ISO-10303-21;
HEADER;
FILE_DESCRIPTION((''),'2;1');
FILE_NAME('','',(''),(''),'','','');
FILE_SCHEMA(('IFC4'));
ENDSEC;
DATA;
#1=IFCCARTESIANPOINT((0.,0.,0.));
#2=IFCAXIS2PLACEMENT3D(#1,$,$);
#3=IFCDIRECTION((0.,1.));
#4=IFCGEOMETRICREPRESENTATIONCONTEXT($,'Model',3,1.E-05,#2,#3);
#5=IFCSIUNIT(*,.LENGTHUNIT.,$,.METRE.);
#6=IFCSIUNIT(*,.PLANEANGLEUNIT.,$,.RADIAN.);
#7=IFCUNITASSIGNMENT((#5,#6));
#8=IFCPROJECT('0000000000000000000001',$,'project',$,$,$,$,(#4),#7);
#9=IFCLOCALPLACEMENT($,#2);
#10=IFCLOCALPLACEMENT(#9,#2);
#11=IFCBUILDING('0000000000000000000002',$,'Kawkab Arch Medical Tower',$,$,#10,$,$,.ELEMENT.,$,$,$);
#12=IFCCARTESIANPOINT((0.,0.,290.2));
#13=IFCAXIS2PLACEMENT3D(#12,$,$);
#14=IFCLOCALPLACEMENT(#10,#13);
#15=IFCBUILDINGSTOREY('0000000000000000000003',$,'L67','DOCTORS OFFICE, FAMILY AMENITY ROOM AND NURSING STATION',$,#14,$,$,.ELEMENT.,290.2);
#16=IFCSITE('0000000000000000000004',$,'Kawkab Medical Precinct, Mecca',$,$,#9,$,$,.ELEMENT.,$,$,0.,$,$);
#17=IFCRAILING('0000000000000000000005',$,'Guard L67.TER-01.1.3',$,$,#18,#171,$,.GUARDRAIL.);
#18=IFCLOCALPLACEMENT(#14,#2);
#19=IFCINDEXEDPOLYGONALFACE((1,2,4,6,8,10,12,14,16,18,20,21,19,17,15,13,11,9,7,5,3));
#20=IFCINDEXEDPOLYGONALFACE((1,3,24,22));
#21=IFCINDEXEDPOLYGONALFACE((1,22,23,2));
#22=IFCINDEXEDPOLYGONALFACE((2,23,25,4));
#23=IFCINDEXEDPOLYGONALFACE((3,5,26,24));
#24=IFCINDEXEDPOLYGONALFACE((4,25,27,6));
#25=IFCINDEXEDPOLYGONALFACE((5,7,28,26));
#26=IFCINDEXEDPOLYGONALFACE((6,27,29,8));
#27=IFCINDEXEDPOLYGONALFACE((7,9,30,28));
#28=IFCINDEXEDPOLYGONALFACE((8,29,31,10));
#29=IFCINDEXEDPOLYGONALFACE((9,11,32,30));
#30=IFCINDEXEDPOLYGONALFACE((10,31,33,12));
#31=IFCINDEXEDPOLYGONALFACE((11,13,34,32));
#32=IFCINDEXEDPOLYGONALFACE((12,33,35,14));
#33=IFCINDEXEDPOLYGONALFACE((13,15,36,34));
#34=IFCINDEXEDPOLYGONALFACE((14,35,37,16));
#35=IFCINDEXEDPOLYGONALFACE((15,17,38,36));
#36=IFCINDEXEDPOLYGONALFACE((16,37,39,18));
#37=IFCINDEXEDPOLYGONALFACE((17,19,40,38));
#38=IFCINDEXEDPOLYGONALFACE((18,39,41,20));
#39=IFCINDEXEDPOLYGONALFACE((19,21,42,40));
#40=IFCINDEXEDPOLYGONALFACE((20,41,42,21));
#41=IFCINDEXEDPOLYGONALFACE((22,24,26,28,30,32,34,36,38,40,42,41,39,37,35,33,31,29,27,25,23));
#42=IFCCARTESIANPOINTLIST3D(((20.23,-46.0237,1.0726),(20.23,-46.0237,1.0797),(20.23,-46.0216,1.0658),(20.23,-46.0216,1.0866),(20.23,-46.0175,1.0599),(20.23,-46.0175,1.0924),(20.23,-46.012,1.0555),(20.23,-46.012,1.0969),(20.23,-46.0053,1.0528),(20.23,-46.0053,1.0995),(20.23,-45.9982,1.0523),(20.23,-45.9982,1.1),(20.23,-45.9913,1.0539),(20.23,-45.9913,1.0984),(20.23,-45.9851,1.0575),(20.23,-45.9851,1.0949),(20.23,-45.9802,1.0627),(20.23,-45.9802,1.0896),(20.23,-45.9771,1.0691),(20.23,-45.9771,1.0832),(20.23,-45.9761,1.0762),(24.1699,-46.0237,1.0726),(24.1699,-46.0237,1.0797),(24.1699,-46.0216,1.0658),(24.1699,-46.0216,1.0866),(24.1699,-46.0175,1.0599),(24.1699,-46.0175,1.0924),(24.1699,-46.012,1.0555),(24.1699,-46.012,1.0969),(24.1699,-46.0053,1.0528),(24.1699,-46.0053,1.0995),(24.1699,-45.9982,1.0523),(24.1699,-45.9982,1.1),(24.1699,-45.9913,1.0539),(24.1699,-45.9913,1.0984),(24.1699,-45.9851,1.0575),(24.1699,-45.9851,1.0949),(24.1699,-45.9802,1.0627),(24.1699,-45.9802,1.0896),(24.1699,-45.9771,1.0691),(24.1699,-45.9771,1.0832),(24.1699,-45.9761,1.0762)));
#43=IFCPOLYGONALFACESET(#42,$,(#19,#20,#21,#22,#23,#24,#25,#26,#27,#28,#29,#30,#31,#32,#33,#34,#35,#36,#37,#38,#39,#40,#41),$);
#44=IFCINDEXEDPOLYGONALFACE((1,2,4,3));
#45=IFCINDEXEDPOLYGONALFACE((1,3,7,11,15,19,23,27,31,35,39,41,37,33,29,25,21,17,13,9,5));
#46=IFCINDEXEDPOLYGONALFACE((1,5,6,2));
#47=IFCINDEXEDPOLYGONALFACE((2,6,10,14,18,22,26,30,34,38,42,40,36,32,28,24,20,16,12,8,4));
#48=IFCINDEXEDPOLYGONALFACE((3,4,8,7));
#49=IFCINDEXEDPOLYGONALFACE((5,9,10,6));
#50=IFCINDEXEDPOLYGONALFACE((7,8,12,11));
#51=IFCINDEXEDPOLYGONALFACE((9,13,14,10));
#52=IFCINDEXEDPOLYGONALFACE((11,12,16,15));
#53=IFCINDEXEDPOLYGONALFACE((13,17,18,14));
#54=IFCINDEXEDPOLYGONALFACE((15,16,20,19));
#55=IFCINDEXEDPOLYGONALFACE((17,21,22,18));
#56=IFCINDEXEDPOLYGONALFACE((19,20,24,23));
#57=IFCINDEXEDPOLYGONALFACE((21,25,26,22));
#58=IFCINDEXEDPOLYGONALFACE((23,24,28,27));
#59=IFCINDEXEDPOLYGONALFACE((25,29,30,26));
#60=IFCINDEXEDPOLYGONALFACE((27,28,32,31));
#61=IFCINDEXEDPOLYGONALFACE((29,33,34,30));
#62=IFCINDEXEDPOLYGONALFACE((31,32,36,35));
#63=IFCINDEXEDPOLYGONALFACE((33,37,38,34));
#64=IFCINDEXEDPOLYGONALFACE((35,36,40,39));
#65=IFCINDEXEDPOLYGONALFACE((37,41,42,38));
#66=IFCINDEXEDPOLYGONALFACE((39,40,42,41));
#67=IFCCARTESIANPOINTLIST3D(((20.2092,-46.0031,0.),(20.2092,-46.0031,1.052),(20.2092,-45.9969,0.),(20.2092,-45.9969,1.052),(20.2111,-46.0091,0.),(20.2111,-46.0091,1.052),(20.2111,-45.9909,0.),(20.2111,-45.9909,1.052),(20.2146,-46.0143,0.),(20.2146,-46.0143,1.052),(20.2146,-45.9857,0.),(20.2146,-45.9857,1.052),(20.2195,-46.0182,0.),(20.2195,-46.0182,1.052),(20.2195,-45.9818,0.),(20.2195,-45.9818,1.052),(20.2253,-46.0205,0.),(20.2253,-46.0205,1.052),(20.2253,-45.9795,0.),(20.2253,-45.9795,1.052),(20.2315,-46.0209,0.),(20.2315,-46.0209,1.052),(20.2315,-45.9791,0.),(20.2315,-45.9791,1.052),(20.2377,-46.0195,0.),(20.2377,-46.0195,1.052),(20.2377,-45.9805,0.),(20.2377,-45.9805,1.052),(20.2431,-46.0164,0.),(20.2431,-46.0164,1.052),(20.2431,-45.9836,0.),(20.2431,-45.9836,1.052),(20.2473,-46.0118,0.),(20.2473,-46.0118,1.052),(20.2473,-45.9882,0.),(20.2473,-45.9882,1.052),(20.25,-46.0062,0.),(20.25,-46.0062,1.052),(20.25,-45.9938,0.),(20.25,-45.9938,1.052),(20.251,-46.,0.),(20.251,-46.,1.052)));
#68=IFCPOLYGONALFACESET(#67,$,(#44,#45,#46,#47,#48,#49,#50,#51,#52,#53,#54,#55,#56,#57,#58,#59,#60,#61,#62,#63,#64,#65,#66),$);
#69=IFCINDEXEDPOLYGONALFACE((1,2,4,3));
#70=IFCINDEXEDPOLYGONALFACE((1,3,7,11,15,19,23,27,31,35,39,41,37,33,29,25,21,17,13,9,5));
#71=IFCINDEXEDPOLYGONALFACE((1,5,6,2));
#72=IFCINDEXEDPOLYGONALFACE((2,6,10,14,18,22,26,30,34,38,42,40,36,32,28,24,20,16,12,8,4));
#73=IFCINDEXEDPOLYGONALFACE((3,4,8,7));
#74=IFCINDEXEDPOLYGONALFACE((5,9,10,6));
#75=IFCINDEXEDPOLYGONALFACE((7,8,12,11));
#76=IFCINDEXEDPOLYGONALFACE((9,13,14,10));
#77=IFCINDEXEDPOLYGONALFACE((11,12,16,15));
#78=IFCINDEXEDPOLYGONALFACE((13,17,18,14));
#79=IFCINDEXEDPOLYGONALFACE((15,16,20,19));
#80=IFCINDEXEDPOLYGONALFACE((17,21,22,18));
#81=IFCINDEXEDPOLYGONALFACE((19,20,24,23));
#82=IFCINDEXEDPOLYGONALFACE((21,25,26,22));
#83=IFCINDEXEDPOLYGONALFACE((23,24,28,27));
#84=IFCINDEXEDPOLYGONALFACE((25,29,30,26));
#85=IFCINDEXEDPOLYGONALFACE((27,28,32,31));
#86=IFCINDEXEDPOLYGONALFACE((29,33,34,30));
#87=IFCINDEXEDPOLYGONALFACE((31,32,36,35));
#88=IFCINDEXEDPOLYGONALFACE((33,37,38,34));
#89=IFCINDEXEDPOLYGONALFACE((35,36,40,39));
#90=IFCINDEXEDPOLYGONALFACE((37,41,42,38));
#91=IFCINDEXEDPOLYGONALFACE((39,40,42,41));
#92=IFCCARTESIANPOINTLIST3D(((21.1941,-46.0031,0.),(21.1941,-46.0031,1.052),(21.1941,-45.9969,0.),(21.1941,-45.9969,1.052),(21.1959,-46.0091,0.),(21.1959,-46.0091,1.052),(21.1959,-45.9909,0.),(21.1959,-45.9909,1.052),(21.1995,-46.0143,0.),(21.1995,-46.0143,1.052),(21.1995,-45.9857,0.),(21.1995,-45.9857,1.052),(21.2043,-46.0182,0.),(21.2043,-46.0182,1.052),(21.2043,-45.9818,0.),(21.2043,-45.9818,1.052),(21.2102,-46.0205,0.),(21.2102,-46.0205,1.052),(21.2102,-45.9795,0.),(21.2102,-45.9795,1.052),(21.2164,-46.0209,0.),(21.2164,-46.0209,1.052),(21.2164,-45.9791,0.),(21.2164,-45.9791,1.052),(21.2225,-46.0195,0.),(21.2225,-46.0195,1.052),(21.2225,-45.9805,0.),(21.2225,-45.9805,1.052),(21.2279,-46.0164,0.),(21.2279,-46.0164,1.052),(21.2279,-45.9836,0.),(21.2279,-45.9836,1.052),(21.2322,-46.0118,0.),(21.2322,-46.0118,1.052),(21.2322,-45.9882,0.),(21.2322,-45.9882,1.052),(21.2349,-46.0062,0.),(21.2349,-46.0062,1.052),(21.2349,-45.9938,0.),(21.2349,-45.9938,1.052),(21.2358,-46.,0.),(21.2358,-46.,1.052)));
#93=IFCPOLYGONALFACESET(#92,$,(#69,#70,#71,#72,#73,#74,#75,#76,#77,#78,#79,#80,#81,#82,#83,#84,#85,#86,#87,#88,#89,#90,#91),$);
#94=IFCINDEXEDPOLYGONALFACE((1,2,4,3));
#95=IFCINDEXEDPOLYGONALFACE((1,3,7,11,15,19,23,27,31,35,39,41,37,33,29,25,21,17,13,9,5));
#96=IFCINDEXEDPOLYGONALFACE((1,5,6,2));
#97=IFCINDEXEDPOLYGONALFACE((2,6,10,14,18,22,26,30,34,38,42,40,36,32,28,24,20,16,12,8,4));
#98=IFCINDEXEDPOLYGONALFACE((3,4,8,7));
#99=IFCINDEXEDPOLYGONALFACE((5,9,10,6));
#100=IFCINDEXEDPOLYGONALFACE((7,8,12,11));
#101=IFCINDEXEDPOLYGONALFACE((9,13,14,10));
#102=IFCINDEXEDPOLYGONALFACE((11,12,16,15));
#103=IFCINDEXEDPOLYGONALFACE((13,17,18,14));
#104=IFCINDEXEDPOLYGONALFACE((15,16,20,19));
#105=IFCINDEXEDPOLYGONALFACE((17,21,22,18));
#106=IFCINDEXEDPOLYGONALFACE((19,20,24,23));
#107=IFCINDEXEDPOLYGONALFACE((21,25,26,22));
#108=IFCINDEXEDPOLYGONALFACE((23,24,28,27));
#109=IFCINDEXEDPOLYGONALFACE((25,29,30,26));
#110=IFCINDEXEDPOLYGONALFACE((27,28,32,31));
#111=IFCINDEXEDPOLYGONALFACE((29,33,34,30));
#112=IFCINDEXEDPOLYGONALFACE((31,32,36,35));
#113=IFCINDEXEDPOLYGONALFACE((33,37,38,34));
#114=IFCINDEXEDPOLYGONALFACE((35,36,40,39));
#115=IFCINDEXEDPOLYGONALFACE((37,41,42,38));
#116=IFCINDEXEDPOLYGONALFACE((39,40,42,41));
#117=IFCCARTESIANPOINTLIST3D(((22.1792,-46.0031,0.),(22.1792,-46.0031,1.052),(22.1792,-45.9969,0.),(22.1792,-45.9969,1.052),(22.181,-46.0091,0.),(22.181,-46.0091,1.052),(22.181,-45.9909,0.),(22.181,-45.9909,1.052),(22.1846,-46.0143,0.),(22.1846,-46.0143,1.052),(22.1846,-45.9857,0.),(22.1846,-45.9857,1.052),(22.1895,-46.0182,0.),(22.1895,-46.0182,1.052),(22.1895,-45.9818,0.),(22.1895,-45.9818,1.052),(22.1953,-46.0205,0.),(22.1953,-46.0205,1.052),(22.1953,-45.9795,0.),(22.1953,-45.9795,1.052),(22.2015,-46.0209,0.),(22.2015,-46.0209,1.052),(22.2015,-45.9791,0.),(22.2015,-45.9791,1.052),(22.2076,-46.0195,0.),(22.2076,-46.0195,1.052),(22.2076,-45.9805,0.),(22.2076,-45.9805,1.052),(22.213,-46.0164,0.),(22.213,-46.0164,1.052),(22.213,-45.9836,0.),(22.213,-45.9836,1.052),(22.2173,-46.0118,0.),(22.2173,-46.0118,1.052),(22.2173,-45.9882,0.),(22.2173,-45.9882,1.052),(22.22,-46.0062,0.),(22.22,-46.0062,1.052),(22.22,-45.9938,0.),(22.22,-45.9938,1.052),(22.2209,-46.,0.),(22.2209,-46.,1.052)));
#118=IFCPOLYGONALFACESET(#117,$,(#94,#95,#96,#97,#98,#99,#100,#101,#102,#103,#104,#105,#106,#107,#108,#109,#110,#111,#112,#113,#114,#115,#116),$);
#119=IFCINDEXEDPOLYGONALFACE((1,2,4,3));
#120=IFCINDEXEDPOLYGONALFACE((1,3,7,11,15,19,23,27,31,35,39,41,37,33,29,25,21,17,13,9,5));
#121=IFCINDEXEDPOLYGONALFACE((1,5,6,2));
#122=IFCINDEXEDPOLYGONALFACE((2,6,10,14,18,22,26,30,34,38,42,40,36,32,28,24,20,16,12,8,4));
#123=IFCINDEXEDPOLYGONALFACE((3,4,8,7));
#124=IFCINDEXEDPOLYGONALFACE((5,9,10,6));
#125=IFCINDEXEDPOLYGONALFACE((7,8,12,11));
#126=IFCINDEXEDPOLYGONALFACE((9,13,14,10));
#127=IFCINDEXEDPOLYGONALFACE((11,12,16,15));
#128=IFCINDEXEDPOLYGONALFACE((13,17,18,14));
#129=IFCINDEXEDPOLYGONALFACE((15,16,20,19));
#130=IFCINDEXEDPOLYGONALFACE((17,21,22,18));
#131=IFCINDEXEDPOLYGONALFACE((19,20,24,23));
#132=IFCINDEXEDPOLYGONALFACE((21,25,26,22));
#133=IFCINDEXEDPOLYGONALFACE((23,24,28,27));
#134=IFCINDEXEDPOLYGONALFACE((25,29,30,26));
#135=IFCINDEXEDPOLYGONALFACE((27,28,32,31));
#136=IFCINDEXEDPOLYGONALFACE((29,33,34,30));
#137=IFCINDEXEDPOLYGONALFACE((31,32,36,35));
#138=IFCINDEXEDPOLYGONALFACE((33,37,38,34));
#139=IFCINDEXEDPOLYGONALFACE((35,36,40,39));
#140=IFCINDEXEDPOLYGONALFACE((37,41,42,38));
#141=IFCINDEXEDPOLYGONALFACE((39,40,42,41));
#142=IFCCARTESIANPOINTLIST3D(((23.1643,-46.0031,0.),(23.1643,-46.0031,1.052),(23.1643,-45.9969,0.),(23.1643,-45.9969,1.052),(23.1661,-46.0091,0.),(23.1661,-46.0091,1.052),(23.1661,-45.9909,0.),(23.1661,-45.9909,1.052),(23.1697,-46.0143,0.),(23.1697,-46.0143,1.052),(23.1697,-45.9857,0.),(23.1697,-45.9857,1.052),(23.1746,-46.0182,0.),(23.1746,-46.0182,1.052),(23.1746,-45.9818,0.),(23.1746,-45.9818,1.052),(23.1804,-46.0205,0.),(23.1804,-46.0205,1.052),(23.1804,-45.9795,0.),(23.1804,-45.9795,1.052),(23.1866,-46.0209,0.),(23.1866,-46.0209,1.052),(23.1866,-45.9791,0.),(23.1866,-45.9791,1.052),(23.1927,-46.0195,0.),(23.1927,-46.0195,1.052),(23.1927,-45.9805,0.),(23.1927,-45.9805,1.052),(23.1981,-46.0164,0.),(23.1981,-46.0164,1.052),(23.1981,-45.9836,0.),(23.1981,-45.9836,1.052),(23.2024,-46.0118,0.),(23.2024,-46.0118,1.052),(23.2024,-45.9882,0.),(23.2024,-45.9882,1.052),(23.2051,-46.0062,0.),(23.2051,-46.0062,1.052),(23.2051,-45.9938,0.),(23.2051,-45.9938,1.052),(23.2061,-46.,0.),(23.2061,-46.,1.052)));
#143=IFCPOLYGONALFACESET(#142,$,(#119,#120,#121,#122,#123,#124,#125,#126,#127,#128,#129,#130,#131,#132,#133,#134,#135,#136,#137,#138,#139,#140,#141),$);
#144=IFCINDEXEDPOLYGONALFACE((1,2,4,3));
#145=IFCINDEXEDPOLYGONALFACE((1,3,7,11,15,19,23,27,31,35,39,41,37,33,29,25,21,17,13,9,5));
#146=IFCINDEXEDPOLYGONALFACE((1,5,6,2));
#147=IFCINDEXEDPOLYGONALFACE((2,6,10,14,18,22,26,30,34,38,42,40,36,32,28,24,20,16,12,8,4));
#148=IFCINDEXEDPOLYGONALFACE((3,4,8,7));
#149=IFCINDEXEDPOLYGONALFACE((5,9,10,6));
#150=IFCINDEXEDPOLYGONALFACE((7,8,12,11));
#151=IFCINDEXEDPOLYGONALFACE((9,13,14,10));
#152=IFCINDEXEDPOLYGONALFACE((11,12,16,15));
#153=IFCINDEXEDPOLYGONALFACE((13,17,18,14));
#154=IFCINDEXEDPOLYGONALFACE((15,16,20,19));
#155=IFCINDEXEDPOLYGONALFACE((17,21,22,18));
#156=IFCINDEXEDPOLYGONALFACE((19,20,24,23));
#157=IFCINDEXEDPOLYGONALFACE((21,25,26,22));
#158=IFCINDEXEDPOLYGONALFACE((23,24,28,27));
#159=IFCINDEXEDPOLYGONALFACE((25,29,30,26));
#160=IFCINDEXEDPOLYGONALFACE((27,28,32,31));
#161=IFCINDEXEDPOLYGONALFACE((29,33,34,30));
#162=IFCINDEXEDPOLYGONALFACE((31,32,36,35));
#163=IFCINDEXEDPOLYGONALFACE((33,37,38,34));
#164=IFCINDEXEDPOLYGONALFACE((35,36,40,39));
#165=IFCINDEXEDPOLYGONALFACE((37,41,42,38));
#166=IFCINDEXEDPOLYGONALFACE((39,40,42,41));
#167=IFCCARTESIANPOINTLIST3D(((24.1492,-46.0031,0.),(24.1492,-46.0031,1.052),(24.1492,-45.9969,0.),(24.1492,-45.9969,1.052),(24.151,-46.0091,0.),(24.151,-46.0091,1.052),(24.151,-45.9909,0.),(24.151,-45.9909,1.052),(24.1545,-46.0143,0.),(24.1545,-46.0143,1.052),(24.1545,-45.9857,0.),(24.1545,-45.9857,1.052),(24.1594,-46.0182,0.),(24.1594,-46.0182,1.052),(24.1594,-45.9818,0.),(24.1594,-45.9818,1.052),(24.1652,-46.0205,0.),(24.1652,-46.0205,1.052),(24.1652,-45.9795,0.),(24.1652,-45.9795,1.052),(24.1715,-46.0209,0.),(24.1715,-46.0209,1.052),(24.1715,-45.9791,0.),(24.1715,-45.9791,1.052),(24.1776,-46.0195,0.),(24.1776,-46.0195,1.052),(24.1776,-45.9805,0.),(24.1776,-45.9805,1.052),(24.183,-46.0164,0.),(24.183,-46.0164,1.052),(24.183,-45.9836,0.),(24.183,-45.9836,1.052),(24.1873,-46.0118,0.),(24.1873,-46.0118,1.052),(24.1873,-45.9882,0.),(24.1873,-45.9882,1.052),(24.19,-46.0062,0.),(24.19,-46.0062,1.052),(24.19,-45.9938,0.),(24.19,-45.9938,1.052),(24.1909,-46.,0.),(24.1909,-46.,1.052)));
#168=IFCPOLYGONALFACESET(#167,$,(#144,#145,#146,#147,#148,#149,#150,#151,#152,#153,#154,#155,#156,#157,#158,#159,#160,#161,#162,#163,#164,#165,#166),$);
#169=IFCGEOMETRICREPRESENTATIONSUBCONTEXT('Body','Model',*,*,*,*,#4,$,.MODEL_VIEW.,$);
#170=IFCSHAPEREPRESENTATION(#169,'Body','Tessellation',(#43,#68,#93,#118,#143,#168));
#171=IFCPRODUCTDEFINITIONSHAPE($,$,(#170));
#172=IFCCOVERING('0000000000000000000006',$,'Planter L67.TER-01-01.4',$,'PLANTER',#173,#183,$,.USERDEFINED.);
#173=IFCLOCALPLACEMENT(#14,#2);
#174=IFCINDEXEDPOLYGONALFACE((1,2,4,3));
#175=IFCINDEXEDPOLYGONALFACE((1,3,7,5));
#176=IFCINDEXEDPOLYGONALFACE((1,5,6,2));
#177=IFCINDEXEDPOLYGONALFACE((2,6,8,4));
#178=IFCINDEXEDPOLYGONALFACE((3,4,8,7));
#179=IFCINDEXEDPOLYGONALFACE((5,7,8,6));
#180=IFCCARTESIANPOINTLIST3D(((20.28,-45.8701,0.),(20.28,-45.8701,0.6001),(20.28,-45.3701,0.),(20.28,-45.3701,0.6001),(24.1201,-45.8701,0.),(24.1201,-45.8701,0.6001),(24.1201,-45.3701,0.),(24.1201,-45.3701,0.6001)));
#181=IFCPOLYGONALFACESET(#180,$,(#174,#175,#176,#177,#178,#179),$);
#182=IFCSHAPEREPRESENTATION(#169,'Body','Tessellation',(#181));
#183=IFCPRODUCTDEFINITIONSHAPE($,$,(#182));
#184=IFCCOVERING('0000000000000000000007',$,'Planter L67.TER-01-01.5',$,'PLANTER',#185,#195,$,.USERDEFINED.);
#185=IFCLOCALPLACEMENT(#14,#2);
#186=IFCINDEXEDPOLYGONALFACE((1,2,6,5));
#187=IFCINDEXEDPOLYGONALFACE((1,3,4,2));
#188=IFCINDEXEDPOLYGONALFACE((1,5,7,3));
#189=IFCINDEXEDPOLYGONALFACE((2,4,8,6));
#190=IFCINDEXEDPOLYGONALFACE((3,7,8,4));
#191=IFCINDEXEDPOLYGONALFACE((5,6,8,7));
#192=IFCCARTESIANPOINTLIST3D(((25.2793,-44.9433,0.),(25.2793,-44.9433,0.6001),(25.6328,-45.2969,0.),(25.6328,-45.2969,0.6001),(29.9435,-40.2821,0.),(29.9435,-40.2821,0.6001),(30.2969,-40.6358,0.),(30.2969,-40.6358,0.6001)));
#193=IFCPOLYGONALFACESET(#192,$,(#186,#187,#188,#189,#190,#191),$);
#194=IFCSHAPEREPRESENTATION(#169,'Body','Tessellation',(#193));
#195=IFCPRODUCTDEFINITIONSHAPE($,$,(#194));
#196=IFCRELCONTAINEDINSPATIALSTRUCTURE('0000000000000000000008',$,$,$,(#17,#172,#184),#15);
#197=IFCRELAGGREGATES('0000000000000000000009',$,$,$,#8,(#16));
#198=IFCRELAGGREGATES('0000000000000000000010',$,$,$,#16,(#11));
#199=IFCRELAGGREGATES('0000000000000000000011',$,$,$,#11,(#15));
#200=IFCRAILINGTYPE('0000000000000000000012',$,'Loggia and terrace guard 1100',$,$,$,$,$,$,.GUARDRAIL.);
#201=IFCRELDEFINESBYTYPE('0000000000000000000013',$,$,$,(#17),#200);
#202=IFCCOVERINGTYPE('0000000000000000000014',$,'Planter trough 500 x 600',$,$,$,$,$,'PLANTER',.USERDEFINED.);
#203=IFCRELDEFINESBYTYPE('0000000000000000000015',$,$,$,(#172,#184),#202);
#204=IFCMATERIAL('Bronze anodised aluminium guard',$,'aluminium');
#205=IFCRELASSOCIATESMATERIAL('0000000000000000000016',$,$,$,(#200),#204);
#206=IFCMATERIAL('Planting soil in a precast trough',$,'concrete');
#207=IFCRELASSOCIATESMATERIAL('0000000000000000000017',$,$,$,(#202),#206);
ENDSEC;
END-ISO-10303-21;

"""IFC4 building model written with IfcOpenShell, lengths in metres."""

from ifc_helpers import new_model, si_unit, direction, frame, origin, origin_2d, place, context, subcontext, project, spatial, rectangle, circle, extrude, material, material_profile, profile_set, type_object, element, save


model = new_model("IFC4")

# Units and contexts
model_context = context("Model", 3, precision=1e-05, world=origin(), true_north=direction((0.0, 1.0)))
body_context = subcontext(model_context, "Body", "Model", "MODEL_VIEW")
ifc_project = project(units=[si_unit("LENGTHUNIT", "METRE"), si_unit("PLANEANGLEUNIT", "RADIAN")], contexts=[model_context])

# Site, building, storey
site_placement = place(None, origin())
site = spatial("IfcSite", under=ifc_project, at=site_placement, Name="Kawkab Medical Precinct, Mecca", CompositionType="ELEMENT", RefElevation=0.0)
building_placement = place(site_placement, origin())
building = spatial("IfcBuilding", under=site, at=building_placement, Name="Kawkab Arch Medical Tower", CompositionType="ELEMENT")
storey_placement = place(building_placement, frame((0.0, 0.0, 290.2)))
storey = spatial("IfcBuildingStorey", under=building, at=storey_placement, Name="L67", Description="DOCTORS OFFICE, FAMILY AMENITY ROOM AND NURSING STATION", CompositionType="ELEMENT", Elevation=290.2)

# Railing
ifc_material_1 = material(Name="Bronze anodised aluminium guard", Category="aluminium")
railing_type_1 = type_object("IfcRailingType", Name="Loggia and terrace guard 1100", PredefinedType="GUARDRAIL", material=ifc_material_1)
railing_1_placement = place(storey_placement, frame((20.23, -46.0, 0.0)))
element("IfcRailing", 1, at=railing_1_placement, inside=storey, type_object=railing_type_1, Name="Guard L67.TER-01.1.3", PredefinedType="GUARDRAIL", context=body_context, shape_type="SweptSolid", body=[
    extrude(circle(Radius=0.0239, at=origin_2d()), frame((0.0, 0.0, 1.0762), z_axis=(1.0, 0.0, 0.0), x_axis=(0.0, 1.0, 0.0)), (0.0, 0.0, 1.0), 3.9399),
    extrude(circle(Radius=0.021, at=origin_2d()), origin(), (0.0, 0.0, 1.0), 1.052),
    extrude(circle(Radius=0.021, at=origin_2d()), frame((0.9849, 0.0, 0.0)), (0.0, 0.0, 1.0), 1.052),
    extrude(circle(Radius=0.021, at=origin_2d()), frame((1.97, 0.0, 0.0)), (0.0, 0.0, 1.0), 1.052),
    extrude(circle(Radius=0.021, at=origin_2d()), frame((2.9551, 0.0, 0.0)), (0.0, 0.0, 1.0), 1.052),
    extrude(circle(Radius=0.021, at=origin_2d()), frame((3.9399, 0.0, 0.0)), (0.0, 0.0, 1.0), 1.052),
])

# Coverings
ifc_material_2 = material(Name="Planting soil in a precast trough", Category="concrete")
ifc_material_profile_1 = material_profile(ifc_material_2, rectangle(XDim=0.5, YDim=0.6001, at=origin_2d()), Name="Trough 500x600")
ifc_profile_set_1 = profile_set([ifc_material_profile_1], Name="Planting soil in a precast trough")
covering_type = type_object("IfcCoveringType", Name="Planter trough 500 x 600", ElementType="PLANTER", PredefinedType="USERDEFINED", material=ifc_profile_set_1)
covering_1_placement = place(storey_placement, frame((20.28, -45.6201, 0.3), z_axis=(1.0, 0.0, 0.0), x_axis=(0.0, 1.0, 0.0)))
element("IfcCovering", 2, at=covering_1_placement, inside=storey, type_object=covering_type, Name="Planter L67.TER-01-01.4", ObjectType="PLANTER", PredefinedType="USERDEFINED", context=body_context, shape_type="SweptSolid", body=[
    extrude(rectangle(XDim=0.5, YDim=0.6001, at=origin_2d()), origin(), (0.0, 0.0, 1.0), 3.8401),
])
covering_2_placement = place(storey_placement, frame((25.4561, -45.1201, 0.3), z_axis=(0.707329, 0.706885, 0.0), x_axis=(-0.706885, 0.707329, 0.0)))
element("IfcCovering", 3, at=covering_2_placement, inside=storey, type_object=covering_type, Name="Planter L67.TER-01-01.5", ObjectType="PLANTER", PredefinedType="USERDEFINED", context=body_context, shape_type="SweptSolid", body=[
    extrude(rectangle(XDim=0.5, YDim=0.6001, at=origin_2d()), origin(), (0.0, 0.0, 1.0), 6.594),
])

save(model, "model.ifc")
